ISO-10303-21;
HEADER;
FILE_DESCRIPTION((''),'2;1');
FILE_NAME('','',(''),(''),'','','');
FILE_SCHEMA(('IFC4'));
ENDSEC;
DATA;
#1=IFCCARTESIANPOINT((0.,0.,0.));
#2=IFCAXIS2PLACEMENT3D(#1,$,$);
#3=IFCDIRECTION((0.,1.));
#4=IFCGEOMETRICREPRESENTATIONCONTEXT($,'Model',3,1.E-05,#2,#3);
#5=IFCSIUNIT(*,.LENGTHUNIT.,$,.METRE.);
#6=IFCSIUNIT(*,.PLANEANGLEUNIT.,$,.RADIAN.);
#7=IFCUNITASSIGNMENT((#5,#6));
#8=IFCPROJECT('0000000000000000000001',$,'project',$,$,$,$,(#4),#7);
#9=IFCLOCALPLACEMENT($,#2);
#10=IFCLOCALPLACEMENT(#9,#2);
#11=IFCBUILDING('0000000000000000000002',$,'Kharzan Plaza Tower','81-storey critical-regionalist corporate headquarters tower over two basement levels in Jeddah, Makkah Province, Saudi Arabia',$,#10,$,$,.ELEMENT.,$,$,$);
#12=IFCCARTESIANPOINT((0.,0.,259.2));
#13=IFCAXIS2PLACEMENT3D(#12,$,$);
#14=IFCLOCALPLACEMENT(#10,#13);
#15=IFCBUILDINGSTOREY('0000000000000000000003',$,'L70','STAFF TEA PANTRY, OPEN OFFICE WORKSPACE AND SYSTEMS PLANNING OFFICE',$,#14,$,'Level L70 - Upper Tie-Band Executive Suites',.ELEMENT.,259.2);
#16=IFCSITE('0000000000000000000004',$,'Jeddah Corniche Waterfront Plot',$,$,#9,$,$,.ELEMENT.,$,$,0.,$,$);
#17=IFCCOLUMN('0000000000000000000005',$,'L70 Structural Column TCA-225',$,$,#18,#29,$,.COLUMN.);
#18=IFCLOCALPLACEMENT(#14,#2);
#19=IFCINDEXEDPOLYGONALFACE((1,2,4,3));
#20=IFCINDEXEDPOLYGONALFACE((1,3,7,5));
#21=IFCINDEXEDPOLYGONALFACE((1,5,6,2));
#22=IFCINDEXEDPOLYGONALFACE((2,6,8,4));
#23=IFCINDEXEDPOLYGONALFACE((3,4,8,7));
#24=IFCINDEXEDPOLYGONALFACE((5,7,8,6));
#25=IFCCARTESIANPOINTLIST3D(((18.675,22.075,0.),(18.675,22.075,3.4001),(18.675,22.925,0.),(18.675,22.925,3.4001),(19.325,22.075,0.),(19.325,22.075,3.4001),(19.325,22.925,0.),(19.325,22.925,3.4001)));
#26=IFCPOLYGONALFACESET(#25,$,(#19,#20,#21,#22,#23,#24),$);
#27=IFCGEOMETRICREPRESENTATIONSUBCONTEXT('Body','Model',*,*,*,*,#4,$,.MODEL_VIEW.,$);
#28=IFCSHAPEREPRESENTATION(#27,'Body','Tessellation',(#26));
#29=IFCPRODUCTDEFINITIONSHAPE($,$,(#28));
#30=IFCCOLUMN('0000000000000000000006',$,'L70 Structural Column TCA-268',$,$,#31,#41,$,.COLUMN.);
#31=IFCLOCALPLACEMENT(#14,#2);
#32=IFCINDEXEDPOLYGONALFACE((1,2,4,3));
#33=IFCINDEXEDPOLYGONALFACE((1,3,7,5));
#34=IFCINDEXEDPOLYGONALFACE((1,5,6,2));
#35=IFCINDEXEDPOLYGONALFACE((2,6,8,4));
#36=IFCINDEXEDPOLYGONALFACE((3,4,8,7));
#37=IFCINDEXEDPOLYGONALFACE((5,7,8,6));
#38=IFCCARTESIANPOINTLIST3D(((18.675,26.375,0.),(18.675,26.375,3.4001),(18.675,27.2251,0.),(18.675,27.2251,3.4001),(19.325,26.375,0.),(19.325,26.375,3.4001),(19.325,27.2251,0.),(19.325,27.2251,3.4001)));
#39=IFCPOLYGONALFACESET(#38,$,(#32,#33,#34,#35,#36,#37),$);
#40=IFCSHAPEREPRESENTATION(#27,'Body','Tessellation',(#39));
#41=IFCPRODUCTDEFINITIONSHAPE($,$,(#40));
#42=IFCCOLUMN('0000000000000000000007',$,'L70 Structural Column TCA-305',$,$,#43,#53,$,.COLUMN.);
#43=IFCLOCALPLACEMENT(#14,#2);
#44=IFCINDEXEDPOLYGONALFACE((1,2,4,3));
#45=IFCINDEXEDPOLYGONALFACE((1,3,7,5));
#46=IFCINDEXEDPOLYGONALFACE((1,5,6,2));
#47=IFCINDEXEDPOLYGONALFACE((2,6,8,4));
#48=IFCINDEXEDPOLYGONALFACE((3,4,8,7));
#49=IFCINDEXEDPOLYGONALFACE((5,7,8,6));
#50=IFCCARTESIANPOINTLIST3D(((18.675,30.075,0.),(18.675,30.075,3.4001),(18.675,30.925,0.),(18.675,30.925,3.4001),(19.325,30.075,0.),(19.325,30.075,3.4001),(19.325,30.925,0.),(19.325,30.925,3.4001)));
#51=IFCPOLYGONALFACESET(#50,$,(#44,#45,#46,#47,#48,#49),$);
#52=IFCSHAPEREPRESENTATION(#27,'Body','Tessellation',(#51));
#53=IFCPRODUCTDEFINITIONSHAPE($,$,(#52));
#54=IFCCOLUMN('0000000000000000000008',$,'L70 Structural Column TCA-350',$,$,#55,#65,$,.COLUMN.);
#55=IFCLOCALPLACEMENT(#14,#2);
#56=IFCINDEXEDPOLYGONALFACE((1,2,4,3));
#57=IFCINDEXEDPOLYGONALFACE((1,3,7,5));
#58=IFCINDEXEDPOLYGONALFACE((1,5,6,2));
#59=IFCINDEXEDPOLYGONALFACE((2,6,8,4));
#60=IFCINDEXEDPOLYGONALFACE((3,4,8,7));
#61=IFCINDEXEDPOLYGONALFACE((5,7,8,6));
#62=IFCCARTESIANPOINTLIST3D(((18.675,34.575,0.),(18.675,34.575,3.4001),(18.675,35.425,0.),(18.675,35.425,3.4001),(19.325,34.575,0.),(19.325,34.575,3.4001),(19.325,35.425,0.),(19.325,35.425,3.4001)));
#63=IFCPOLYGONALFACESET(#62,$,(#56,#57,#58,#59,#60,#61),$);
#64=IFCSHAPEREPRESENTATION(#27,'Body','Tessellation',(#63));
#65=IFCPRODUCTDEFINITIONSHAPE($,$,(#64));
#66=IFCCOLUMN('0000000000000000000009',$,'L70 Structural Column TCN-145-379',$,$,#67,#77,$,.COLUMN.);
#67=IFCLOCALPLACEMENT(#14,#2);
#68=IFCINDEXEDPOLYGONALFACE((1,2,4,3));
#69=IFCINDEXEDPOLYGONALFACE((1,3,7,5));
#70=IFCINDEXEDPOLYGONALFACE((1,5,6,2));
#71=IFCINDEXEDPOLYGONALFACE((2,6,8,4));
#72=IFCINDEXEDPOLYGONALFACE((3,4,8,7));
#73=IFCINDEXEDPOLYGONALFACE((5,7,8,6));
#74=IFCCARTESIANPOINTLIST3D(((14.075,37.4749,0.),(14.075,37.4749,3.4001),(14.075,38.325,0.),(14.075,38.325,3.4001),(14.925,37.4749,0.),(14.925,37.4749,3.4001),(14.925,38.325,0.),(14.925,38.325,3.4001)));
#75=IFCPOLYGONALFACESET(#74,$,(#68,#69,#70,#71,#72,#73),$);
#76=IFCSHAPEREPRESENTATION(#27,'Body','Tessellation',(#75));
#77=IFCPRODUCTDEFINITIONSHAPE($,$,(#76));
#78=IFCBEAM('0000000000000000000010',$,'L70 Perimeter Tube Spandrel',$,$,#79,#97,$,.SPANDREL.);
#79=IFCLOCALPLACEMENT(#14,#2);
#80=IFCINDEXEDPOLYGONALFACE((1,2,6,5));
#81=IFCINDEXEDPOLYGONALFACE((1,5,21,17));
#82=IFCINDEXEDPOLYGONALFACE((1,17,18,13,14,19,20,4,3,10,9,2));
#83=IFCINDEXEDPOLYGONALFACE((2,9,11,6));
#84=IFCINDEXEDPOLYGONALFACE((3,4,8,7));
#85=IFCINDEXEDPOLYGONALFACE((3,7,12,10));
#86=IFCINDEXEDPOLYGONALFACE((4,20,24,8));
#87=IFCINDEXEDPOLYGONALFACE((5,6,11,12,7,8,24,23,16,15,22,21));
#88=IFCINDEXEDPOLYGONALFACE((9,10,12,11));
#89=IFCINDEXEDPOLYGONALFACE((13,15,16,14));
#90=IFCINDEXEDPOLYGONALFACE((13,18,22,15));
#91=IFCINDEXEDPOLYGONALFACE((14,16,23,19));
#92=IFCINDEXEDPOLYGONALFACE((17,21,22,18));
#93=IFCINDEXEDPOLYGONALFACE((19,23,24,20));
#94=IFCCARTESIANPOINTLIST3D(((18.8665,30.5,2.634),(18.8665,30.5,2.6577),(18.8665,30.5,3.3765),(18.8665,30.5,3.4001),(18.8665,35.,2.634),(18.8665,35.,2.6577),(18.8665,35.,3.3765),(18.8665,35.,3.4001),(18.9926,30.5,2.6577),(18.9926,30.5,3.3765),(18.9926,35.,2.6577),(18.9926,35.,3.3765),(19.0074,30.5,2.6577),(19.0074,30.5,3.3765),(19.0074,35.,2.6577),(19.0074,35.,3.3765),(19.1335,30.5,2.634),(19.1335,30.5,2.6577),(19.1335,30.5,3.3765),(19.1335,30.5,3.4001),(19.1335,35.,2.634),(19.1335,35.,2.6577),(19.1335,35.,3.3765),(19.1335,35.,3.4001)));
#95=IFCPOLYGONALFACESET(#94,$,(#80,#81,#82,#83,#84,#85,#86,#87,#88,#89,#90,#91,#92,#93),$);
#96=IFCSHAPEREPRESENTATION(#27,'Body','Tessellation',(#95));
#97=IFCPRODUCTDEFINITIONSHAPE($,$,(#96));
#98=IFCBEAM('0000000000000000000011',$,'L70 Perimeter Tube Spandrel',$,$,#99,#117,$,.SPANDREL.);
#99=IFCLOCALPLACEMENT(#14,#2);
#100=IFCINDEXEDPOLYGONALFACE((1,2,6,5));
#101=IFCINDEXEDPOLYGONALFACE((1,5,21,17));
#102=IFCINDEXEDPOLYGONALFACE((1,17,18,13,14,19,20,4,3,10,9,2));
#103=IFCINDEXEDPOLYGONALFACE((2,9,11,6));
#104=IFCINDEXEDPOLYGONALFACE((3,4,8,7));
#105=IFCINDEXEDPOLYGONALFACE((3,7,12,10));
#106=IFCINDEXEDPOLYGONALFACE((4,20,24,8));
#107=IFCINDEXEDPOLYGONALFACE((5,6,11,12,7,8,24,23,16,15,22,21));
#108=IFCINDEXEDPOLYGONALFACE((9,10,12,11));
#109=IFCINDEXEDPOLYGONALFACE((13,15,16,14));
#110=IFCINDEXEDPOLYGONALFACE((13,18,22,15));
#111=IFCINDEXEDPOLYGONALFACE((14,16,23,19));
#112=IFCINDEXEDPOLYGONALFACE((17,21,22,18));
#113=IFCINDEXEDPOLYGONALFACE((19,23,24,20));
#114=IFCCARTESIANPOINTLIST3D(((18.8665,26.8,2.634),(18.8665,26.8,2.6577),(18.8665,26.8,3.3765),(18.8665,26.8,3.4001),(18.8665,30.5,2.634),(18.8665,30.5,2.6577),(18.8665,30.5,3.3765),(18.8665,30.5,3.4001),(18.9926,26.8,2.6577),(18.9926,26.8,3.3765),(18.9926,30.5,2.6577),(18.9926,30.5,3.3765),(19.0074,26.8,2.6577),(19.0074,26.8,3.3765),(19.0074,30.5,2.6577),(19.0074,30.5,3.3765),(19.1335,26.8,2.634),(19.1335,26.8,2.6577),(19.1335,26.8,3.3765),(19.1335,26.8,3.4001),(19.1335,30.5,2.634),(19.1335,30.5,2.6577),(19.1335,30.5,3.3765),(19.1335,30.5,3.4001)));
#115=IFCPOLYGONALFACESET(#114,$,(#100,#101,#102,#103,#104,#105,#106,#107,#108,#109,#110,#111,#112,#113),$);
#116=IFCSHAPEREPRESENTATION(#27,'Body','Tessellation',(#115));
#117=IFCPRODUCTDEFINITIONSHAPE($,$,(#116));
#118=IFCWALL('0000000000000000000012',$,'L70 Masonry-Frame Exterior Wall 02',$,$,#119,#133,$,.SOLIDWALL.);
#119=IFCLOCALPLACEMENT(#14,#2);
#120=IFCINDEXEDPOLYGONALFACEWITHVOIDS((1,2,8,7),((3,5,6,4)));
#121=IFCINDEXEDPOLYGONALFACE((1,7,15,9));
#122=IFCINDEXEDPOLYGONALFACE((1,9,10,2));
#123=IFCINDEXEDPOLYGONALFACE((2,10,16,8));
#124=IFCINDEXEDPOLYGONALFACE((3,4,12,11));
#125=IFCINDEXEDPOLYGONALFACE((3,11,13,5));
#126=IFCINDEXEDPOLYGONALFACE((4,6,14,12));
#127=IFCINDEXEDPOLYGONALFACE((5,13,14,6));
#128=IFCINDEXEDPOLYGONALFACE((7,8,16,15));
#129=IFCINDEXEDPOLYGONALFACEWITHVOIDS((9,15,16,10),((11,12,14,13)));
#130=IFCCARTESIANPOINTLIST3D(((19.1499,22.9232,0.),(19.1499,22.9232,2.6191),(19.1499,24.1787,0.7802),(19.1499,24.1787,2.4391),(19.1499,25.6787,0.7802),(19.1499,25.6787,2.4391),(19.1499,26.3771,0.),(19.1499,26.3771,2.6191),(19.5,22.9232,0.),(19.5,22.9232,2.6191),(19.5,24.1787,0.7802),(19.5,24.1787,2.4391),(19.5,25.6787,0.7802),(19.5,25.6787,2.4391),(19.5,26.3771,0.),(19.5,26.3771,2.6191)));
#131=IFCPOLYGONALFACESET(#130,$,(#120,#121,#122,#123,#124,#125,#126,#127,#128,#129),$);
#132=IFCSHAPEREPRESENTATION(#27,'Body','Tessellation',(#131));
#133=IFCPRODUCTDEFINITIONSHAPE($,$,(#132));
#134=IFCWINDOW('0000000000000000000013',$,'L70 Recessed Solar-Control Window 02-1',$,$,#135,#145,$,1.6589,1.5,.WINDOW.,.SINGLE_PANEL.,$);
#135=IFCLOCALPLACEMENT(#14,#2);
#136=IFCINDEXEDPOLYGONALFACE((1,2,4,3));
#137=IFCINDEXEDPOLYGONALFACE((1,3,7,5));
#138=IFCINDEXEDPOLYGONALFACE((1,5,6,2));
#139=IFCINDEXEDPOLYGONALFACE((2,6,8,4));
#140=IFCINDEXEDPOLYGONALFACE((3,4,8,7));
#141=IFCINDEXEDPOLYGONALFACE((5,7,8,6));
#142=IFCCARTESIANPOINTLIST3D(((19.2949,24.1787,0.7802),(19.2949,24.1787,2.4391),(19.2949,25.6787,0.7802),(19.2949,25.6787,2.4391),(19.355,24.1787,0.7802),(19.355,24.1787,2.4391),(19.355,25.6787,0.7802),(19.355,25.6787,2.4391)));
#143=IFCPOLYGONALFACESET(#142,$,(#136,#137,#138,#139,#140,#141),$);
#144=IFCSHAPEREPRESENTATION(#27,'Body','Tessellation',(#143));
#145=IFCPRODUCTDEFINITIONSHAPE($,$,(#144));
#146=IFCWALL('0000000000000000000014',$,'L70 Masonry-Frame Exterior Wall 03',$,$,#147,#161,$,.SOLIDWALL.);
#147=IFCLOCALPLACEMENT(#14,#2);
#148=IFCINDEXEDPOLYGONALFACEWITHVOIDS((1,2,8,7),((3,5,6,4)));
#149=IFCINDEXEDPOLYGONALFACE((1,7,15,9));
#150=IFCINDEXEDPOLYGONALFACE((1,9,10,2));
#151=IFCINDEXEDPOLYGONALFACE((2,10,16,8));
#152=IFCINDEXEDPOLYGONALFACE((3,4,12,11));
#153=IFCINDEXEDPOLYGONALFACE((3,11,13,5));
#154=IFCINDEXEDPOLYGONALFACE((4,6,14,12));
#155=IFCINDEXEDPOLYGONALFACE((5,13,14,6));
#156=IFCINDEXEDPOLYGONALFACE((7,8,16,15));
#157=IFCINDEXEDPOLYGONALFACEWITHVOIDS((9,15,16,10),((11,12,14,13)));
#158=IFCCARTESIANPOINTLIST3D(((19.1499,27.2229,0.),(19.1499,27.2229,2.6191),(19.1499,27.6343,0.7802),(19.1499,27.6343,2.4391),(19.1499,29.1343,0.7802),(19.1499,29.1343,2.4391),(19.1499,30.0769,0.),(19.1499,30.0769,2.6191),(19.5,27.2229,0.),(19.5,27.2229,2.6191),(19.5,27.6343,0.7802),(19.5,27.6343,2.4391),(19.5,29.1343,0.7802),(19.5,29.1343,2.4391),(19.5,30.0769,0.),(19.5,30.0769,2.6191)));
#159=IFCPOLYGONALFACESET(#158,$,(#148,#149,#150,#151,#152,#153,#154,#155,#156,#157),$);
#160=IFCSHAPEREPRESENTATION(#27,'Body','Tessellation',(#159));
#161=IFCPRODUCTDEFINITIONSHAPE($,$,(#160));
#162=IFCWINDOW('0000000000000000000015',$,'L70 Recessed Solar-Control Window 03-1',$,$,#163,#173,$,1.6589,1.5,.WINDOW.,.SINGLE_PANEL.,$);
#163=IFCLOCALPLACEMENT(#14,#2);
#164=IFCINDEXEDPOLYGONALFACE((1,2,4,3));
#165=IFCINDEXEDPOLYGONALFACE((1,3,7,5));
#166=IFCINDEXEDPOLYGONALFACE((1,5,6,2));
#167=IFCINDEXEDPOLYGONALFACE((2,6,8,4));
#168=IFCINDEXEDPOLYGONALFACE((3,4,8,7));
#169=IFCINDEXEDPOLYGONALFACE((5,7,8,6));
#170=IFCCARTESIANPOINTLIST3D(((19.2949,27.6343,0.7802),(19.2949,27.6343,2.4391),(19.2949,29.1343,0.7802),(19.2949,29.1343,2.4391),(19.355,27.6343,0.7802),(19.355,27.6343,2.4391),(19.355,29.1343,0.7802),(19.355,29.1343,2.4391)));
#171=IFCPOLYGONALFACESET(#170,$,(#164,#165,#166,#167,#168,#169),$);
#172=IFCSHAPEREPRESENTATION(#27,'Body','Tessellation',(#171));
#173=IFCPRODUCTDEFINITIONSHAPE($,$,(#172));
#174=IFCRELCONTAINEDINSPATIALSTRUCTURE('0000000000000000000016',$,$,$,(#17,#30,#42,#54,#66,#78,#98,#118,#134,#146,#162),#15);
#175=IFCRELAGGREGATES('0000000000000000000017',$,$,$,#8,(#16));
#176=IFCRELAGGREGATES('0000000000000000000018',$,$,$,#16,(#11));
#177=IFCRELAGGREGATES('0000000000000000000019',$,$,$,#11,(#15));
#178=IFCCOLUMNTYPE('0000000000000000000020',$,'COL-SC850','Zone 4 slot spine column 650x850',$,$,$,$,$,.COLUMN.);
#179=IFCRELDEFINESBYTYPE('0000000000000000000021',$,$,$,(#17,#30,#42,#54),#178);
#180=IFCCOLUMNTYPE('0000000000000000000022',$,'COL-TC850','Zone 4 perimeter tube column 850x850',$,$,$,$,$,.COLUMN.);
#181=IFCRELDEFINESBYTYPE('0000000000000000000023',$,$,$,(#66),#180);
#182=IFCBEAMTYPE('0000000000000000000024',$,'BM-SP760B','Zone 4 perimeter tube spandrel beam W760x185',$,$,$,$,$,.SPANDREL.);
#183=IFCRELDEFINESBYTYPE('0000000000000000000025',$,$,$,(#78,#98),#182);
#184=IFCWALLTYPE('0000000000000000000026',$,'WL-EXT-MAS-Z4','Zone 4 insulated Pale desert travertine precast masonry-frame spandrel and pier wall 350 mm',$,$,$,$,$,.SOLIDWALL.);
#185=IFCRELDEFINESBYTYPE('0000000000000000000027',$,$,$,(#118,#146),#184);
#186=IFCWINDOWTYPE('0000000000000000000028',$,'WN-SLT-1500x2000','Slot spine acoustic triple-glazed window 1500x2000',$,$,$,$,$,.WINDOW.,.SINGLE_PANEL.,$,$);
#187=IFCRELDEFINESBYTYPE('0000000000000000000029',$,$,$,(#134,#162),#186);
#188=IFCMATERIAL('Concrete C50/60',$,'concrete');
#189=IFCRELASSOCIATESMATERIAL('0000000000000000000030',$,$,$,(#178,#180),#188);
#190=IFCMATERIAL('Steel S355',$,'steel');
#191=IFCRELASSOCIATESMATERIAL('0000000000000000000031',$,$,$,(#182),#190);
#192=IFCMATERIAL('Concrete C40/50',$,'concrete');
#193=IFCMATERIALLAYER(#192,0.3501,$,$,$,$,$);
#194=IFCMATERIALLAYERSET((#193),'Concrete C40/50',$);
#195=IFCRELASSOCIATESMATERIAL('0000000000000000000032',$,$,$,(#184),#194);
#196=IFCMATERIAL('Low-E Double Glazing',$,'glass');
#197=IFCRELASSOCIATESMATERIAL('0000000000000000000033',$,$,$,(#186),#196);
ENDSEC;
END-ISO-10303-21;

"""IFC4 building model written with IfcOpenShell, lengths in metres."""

from ifc_helpers import new_model, si_unit, direction, frame, frame_2d, origin, origin_2d, place, context, subcontext, project, spatial, rectangle, i_section, extrude, source, transform, mapped, material, layer, layer_set, material_profile, profile_set, type_object, element, fill, save


model = new_model("IFC4")

# Units and contexts
model_context = context("Model", 3, precision=1e-05, world=origin(), true_north=direction((0.0, 1.0)))
body_context = subcontext(model_context, "Body", "Model", "MODEL_VIEW")
ifc_project = project(units=[si_unit("LENGTHUNIT", "METRE"), si_unit("PLANEANGLEUNIT", "RADIAN")], contexts=[model_context])

# Site, building, storey
site_placement = place(None, origin())
site = spatial("IfcSite", under=ifc_project, at=site_placement, Name="Jeddah Corniche Waterfront Plot", CompositionType="ELEMENT", RefElevation=0.0)
building_placement = place(site_placement, origin())
building = spatial("IfcBuilding", under=site, at=building_placement, Name="Kharzan Plaza Tower", Description="81-storey critical-regionalist corporate headquarters tower over two basement levels in Jeddah, Makkah Province, Saudi Arabia", CompositionType="ELEMENT")
storey_placement = place(building_placement, frame((0.0, 0.0, 259.2)))
storey = spatial("IfcBuildingStorey", under=building, at=storey_placement, Name="L70", Description="STAFF TEA PANTRY, OPEN OFFICE WORKSPACE AND SYSTEMS PLANNING OFFICE", LongName="Level L70 - Upper Tie-Band Executive Suites", CompositionType="ELEMENT", Elevation=259.2)

# Columns
ifc_material_1 = material(Name="Concrete C50/60", Category="concrete")
ifc_material_profile_1 = material_profile(ifc_material_1, rectangle(XDim=0.6499, YDim=0.8501, at=origin_2d()), Name="RC-SC850x650")
ifc_profile_set_1 = profile_set([ifc_material_profile_1], Name="Concrete C50/60")
column_type_1 = type_object("IfcColumnType", Name="COL-SC850", Description="Zone 4 slot spine column 650x850", PredefinedType="COLUMN", material=ifc_profile_set_1)
shared_shape_1 = source(origin(), body_context, "Body", "SweptSolid", [
    extrude(rectangle(XDim=0.6499, YDim=0.8501, at=origin_2d()), origin(), (0.0, 0.0, 1.0), 3.4001),
])
for number, where, z_axis, x_axis, name in (
    (1, (19.0, 22.5, 0.0), (0.0, 0.0, 1.0), (1.0, 0.0, 0.0), "L70 Structural Column TCA-225"),
    (2, (19.0, 26.8, 0.0), (0.0, 0.0, 1.0), (1.0, 0.0, 0.0), "L70 Structural Column TCA-268"),
    (3, (19.0, 30.5, 0.0), (0.0, 0.0, 1.0), (1.0, 0.0, 0.0), "L70 Structural Column TCA-305"),
    (4, (19.0, 35.0, 0.0), (0.0, 0.0, 1.0), (1.0, 0.0, 0.0), "L70 Structural Column TCA-350"),
):
    element("IfcColumn", number, at=place(storey_placement, frame(where, z_axis=z_axis, x_axis=x_axis)), inside=storey, type_object=column_type_1, Name=name, PredefinedType="COLUMN", context=body_context, shape_type="MappedRepresentation", body=[
        mapped(shared_shape_1, transform((0.0, 0.0, 0.0), x_axis=(1.0, 0.0, 0.0), y_axis=(0.0, 1.0, 0.0), z_axis=(0.0, 0.0, 1.0))),
    ])
ifc_material_profile_2 = material_profile(ifc_material_1, rectangle(XDim=0.8501, YDim=0.8501, at=origin_2d()), Name="RC-TC850x850")
ifc_profile_set_2 = profile_set([ifc_material_profile_2], Name="Concrete C50/60")
column_type_2 = type_object("IfcColumnType", Name="COL-TC850", Description="Zone 4 perimeter tube column 850x850", PredefinedType="COLUMN", material=ifc_profile_set_2)
shared_shape_2 = source(origin(), body_context, "Body", "SweptSolid", [
    extrude(rectangle(XDim=0.8501, YDim=0.8501, at=origin_2d()), origin(), (0.0, 0.0, 1.0), 3.4001),
])
column_placement = place(storey_placement, frame((14.5, 37.8999, 0.0), z_axis=(0.0, 0.0, 1.0), x_axis=(1.0, 0.0, 0.0)))
element("IfcColumn", 5, at=column_placement, inside=storey, type_object=column_type_2, Name="L70 Structural Column TCN-145-379", PredefinedType="COLUMN", context=body_context, shape_type="MappedRepresentation", body=[
    mapped(shared_shape_2, transform((0.0, 0.0, 0.0), x_axis=(1.0, 0.0, 0.0), y_axis=(0.0, 1.0, 0.0), z_axis=(0.0, 0.0, 1.0))),
])

# Beams
ifc_material_2 = material(Name="Steel S355", Category="steel")
ifc_material_profile_3 = material_profile(ifc_material_2, i_section(OverallWidth=0.2671, OverallDepth=0.7661, WebThickness=0.0149, FlangeThickness=0.0237, at=origin_2d()), Name="W760x185")
ifc_profile_set_3 = profile_set([ifc_material_profile_3], Name="Steel S355")
beam_type = type_object("IfcBeamType", Name="BM-SP760B", Description="Zone 4 perimeter tube spandrel beam W760x185", PredefinedType="SPANDREL", material=ifc_profile_set_3)
shared_shape_3 = source(origin(), body_context, "Body", "SweptSolid", [
    extrude(i_section(OverallWidth=0.2671, OverallDepth=0.7661, WebThickness=0.0149, FlangeThickness=0.0237, at=origin_2d()), origin(), (0.0, 0.0, 1.0), 4.5),
])
beam_1_placement = place(storey_placement, frame((19.0, 30.5, 3.0171), z_axis=(0.0, 1.0, 0.0), x_axis=(-1.0, 0.0, 0.0)))
element("IfcBeam", 6, at=beam_1_placement, inside=storey, type_object=beam_type, Name="L70 Perimeter Tube Spandrel", PredefinedType="SPANDREL", context=body_context, shape_type="MappedRepresentation", body=[
    mapped(shared_shape_3, transform((0.0, 0.0, 0.0), x_axis=(1.0, 0.0, 0.0), y_axis=(0.0, 1.0, 0.0), z_axis=(0.0, 0.0, 1.0))),
])
shared_shape_4 = source(origin(), body_context, "Body", "SweptSolid", [
    extrude(i_section(OverallWidth=0.2671, OverallDepth=0.7661, WebThickness=0.0149, FlangeThickness=0.0237, at=origin_2d()), origin(), (0.0, 0.0, 1.0), 3.7),
])
beam_2_placement = place(storey_placement, frame((19.0, 26.8, 3.0171), z_axis=(0.0, 1.0, 0.0), x_axis=(-1.0, 0.0, 0.0)))
element("IfcBeam", 7, at=beam_2_placement, inside=storey, type_object=beam_type, Name="L70 Perimeter Tube Spandrel", PredefinedType="SPANDREL", context=body_context, shape_type="MappedRepresentation", body=[
    mapped(shared_shape_4, transform((0.0, 0.0, 0.0), x_axis=(1.0, 0.0, 0.0), y_axis=(0.0, 1.0, 0.0), z_axis=(0.0, 0.0, 1.0))),
])

# Walls, openings, windows
ifc_material_3 = material(Name="Concrete C40/50", Category="concrete")
ifc_layer_1 = layer(ifc_material_3, 0.3501)
ifc_layer_set_1 = layer_set([ifc_layer_1], Name="Concrete C40/50")
wall_type_1 = type_object("IfcWallType", Name="WL-EXT-MAS-Z4", Description="Zone 4 insulated Pale desert travertine precast masonry-frame spandrel and pier wall 350 mm", PredefinedType="SOLIDWALL", material=ifc_layer_set_1)
wall_1_placement = place(storey_placement, frame((19.325, 22.9231, 0.0), z_axis=(0.0, 0.0, 1.0), x_axis=(0.0, 1.0, 0.0)))
wall_1 = element("IfcWall", 8, at=wall_1_placement, inside=storey, type_object=wall_type_1, Name="L70 Masonry-Frame Exterior Wall 02", PredefinedType="SOLIDWALL", context=body_context, shape_type="SweptSolid", body=[
    extrude(rectangle(XDim=3.4539, YDim=0.3501, at=frame_2d((1.7271, 0.0))), origin(), (0.0, 0.0, 1.0), 2.6191),
])
opening_1_placement = place(wall_1_placement, frame((1.2556, 0.0, 0.78)))
opening_1 = element("IfcOpeningElement", 9, at=opening_1_placement, cuts=wall_1, PredefinedType="OPENING", context=body_context, shape_type="SweptSolid", body=[
    extrude(rectangle(XDim=1.5, YDim=1.6589, at=frame_2d((0.75, 0.8296))), frame((0.0, 0.1851, 0.0), z_axis=(0.0, -1.0, 0.0), x_axis=(1.0, 0.0, 0.0)), (0.0, 0.0, 1.0), 0.3701),
])
ifc_material_4 = material(Name="Low-E Double Glazing", Category="glass")
window_type_1 = type_object("IfcWindowType", Name="WN-SLT-1500x2000", Description="Slot spine acoustic triple-glazed window 1500x2000", PartitioningType="SINGLE_PANEL", PredefinedType="WINDOW", material=ifc_material_4)
shared_shape_5 = source(origin(), body_context, "Body", "SweptSolid", [
    extrude(rectangle(XDim=1.5, YDim=1.6589, at=frame_2d((0.75, 0.8296))), frame((0.0, 0.03, 0.0), z_axis=(0.0, -1.0, 0.0), x_axis=(1.0, 0.0, 0.0)), (0.0, 0.0, 1.0), 0.0601),
])
window_1_placement = place(opening_1_placement, origin())
window_1 = element("IfcWindow", 10, at=window_1_placement, inside=storey, type_object=window_type_1, Name="L70 Recessed Solar-Control Window 02-1", OverallHeight=1.6589, OverallWidth=1.5, PartitioningType="SINGLE_PANEL", PredefinedType="WINDOW", context=body_context, shape_type="MappedRepresentation", body=[
    mapped(shared_shape_5, transform((0.0, 0.0, 0.0), x_axis=(1.0, 0.0, 0.0), y_axis=(0.0, 1.0, 0.0), z_axis=(0.0, 0.0, 1.0))),
])
fill(opening_1, window_1)
wall_2_placement = place(storey_placement, frame((19.325, 27.2229, 0.0), z_axis=(0.0, 0.0, 1.0), x_axis=(0.0, 1.0, 0.0)))
wall_2 = element("IfcWall", 11, at=wall_2_placement, inside=storey, type_object=wall_type_1, Name="L70 Masonry-Frame Exterior Wall 03", PredefinedType="SOLIDWALL", context=body_context, shape_type="SweptSolid", body=[
    extrude(rectangle(XDim=2.854, YDim=0.3501, at=frame_2d((1.427, 0.0))), origin(), (0.0, 0.0, 1.0), 2.6191),
])
opening_2_placement = place(wall_2_placement, frame((0.4114, 0.0, 0.78)))
opening_2 = element("IfcOpeningElement", 12, at=opening_2_placement, cuts=wall_2, PredefinedType="OPENING", context=body_context, shape_type="SweptSolid", body=[
    extrude(rectangle(XDim=1.5, YDim=1.6589, at=frame_2d((0.75, 0.8296))), frame((0.0, 0.1851, 0.0), z_axis=(0.0, -1.0, 0.0), x_axis=(1.0, 0.0, 0.0)), (0.0, 0.0, 1.0), 0.3701),
])
window_2_placement = place(opening_2_placement, origin())
window_2 = element("IfcWindow", 13, at=window_2_placement, inside=storey, type_object=window_type_1, Name="L70 Recessed Solar-Control Window 03-1", OverallHeight=1.6589, OverallWidth=1.5, PartitioningType="SINGLE_PANEL", PredefinedType="WINDOW", context=body_context, shape_type="MappedRepresentation", body=[
    mapped(shared_shape_5, transform((0.0, 0.0, 0.0), x_axis=(1.0, 0.0, 0.0), y_axis=(0.0, 1.0, 0.0), z_axis=(0.0, 0.0, 1.0))),
])
fill(opening_2, window_2)

save(model, "model.ifc")
